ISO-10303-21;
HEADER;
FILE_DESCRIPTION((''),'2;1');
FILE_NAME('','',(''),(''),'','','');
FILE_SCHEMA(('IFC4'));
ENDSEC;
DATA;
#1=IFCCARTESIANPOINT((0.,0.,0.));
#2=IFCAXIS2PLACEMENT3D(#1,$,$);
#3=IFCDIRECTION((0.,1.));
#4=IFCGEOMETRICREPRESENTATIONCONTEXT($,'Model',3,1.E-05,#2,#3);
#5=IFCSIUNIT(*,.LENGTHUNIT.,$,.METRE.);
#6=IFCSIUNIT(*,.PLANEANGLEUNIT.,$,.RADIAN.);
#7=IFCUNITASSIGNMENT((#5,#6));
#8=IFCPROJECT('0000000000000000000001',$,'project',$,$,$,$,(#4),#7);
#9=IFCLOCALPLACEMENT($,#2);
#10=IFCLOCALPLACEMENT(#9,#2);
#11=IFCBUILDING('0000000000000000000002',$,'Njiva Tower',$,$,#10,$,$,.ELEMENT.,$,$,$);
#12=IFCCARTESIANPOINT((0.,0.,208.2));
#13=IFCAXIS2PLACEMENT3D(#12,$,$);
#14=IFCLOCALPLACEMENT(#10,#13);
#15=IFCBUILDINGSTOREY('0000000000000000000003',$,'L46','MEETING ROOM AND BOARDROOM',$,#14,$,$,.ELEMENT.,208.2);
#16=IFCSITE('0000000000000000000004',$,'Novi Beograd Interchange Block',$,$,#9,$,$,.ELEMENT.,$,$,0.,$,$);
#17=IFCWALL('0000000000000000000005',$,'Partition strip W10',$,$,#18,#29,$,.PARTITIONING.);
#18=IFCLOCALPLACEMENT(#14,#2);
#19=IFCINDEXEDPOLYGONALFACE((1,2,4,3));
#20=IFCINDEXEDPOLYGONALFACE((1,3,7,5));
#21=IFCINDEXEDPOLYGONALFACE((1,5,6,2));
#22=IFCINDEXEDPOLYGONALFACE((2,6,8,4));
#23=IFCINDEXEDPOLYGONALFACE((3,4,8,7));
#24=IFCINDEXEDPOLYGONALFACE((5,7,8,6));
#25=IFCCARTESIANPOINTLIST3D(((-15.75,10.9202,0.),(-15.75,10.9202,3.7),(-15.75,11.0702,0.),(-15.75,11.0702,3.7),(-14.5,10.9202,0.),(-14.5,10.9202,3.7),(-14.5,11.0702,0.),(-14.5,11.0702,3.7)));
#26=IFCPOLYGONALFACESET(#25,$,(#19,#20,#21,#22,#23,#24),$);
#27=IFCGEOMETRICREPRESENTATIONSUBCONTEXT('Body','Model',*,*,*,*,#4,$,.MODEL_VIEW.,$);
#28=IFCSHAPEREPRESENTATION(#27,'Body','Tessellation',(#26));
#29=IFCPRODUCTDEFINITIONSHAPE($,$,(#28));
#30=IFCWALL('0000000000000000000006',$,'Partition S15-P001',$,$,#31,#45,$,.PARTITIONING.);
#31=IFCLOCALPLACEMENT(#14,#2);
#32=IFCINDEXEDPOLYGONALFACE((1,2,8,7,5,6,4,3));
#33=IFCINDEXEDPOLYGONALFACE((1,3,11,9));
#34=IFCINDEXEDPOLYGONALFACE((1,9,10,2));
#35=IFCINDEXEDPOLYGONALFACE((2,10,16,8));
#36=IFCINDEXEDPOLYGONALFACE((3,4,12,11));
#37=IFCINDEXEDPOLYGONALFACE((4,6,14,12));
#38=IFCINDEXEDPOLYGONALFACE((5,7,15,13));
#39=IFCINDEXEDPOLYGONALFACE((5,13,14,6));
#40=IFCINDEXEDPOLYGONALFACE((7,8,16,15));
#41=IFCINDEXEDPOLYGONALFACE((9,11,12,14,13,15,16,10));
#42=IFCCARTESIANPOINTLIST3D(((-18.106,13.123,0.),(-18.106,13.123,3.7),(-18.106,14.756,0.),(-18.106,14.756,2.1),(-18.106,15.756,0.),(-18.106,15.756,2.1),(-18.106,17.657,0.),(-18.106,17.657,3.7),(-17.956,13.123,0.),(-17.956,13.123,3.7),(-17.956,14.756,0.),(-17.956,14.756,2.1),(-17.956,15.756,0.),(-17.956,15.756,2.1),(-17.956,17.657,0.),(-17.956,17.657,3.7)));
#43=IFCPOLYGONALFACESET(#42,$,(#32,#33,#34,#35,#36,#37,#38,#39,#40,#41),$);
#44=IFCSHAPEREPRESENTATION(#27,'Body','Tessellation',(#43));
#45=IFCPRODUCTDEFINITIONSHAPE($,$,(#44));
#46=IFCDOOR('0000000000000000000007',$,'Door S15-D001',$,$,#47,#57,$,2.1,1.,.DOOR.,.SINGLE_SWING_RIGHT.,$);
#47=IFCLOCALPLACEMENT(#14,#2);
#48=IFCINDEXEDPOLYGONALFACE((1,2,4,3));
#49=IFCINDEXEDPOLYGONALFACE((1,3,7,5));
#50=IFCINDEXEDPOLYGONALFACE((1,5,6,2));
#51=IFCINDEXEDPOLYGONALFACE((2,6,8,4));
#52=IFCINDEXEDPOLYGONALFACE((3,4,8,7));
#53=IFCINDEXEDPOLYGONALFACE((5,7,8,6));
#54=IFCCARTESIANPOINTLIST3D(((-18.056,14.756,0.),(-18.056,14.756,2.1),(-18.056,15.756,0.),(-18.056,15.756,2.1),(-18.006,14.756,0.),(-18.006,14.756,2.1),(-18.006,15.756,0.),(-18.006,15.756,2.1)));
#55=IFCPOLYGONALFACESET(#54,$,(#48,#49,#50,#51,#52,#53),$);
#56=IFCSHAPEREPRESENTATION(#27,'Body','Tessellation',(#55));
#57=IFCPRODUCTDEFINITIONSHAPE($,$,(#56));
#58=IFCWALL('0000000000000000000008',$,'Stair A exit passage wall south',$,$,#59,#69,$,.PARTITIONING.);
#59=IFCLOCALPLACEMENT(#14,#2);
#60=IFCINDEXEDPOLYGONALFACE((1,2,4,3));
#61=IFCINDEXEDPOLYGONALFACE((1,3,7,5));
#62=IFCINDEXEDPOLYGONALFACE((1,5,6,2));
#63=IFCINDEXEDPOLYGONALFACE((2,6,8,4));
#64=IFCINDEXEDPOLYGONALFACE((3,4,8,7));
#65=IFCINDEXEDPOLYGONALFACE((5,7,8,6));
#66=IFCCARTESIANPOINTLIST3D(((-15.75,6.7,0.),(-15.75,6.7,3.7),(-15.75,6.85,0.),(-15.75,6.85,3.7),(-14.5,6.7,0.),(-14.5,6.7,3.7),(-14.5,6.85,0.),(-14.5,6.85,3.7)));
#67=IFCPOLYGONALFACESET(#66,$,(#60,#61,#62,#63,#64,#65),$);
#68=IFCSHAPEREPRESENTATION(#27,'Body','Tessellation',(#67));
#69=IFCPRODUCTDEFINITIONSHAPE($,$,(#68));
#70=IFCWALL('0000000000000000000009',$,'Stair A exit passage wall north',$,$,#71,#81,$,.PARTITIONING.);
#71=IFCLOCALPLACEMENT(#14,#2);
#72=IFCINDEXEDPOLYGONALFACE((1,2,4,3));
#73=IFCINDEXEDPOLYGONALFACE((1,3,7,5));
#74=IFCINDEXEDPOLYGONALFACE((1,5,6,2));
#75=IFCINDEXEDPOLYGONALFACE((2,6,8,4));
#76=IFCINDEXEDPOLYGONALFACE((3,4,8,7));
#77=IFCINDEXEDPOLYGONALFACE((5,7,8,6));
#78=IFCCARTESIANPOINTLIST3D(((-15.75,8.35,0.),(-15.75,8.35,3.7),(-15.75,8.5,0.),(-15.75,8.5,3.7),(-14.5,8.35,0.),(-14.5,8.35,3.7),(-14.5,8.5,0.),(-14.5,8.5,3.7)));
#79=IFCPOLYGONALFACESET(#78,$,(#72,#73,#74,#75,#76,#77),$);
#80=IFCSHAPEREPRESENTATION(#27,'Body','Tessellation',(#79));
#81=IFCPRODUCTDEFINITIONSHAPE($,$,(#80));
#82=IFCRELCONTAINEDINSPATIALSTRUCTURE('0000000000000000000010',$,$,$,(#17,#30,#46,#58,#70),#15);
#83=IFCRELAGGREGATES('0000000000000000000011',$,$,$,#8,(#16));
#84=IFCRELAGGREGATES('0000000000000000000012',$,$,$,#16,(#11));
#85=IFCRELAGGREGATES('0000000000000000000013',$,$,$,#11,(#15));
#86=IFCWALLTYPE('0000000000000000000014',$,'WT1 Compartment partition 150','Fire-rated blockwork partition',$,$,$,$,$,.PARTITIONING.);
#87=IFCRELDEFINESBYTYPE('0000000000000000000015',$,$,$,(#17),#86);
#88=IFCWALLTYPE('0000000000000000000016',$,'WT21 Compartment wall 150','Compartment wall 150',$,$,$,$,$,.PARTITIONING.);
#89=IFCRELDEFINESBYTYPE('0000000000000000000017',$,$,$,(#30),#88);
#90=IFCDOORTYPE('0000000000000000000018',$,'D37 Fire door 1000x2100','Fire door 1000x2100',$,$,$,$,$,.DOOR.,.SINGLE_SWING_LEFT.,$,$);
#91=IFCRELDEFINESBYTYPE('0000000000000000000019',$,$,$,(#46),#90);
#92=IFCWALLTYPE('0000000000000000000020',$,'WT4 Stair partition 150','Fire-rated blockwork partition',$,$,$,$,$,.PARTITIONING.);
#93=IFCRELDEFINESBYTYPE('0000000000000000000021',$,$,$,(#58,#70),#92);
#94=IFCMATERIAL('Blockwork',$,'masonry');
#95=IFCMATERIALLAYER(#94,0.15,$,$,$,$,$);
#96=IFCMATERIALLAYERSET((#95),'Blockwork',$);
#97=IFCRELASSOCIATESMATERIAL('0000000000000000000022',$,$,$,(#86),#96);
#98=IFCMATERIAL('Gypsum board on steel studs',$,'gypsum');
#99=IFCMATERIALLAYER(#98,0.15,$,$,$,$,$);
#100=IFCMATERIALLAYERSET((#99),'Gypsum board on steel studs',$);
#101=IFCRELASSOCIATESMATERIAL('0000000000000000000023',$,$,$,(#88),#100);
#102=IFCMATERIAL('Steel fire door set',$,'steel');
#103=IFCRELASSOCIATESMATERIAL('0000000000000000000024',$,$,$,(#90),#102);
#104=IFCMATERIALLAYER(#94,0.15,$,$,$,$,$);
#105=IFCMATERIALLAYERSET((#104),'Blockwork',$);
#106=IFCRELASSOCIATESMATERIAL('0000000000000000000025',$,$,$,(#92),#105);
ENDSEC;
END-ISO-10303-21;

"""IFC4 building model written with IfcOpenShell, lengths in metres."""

from ifc_helpers import new_model, si_unit, direction, frame, frame_2d, origin, place, context, subcontext, project, spatial, rectangle, extrude, material, layer, layer_set, type_object, element, fill, save


model = new_model("IFC4")

# Units and contexts
model_context = context("Model", 3, precision=1e-05, world=origin(), true_north=direction((0.0, 1.0)))
body_context = subcontext(model_context, "Body", "Model", "MODEL_VIEW")
ifc_project = project(units=[si_unit("LENGTHUNIT", "METRE"), si_unit("PLANEANGLEUNIT", "RADIAN")], contexts=[model_context])

# Site, building, storey
site_placement = place(None, origin())
site = spatial("IfcSite", under=ifc_project, at=site_placement, Name="Novi Beograd Interchange Block", CompositionType="ELEMENT", RefElevation=0.0)
building_placement = place(site_placement, origin())
building = spatial("IfcBuilding", under=site, at=building_placement, Name="Njiva Tower", CompositionType="ELEMENT")
storey_placement = place(building_placement, frame((0.0, 0.0, 208.2)))
storey = spatial("IfcBuildingStorey", under=building, at=storey_placement, Name="L46", Description="MEETING ROOM AND BOARDROOM", CompositionType="ELEMENT", Elevation=208.2)

# Wall
ifc_material_1 = material(Name="Blockwork", Category="masonry")
ifc_layer_1 = layer(ifc_material_1, 0.15)
ifc_layer_set_1 = layer_set([ifc_layer_1], Name="Blockwork")
wall_type_1 = type_object("IfcWallType", Name="WT1 Compartment partition 150", Description="Fire-rated blockwork partition", PredefinedType="PARTITIONING", material=ifc_layer_set_1)
for number, where, z_axis, x_axis, name in (
    (1, (-15.75, 10.9952, 0.0), (0.0, 0.0, 1.0), (1.0, 0.0, 0.0), "Partition strip W10"),
):
    element("IfcWall", number, at=place(storey_placement, frame(where, z_axis=z_axis, x_axis=x_axis)), inside=storey, type_object=wall_type_1, Name=name, PredefinedType="PARTITIONING", context=body_context, shape_type="SweptSolid", body=[
        extrude(rectangle(XDim=1.25, YDim=0.15, at=frame_2d((0.625, 0.0))), origin(), (0.0, 0.0, 1.0), 3.7),
    ])

# Wall, opening, door
ifc_material_2 = material(Name="Gypsum board on steel studs", Category="gypsum")
ifc_layer_2 = layer(ifc_material_2, 0.15)
ifc_layer_set_2 = layer_set([ifc_layer_2], Name="Gypsum board on steel studs")
wall_type_2 = type_object("IfcWallType", Name="WT21 Compartment wall 150", Description="Compartment wall 150", PredefinedType="PARTITIONING", material=ifc_layer_set_2)
wall_1_placement = place(storey_placement, frame((-18.031, 13.123, 0.0), z_axis=(0.0, 0.0, 1.0), x_axis=(0.0, 1.0, 0.0)))
wall_1 = element("IfcWall", 2, at=wall_1_placement, inside=storey, type_object=wall_type_2, Name="Partition S15-P001", PredefinedType="PARTITIONING", context=body_context, shape_type="SweptSolid", body=[
    extrude(rectangle(XDim=4.534, YDim=0.15, at=frame_2d((2.267, 0.0))), origin(), (0.0, 0.0, 1.0), 3.7),
])
opening_1_placement = place(wall_1_placement, frame((1.633, 0.0, 0.0)))
opening_1 = element("IfcOpeningElement", 3, at=opening_1_placement, cuts=wall_1, PredefinedType="OPENING", context=body_context, shape_type="SweptSolid", body=[
    extrude(rectangle(XDim=1.0, YDim=2.1, at=frame_2d((0.5, 1.05))), frame((0.0, 0.085, 0.0), z_axis=(0.0, -1.0, 0.0), x_axis=(1.0, 0.0, 0.0)), (0.0, 0.0, 1.0), 0.17),
])
ifc_material_3 = material(Name="Steel fire door set", Category="steel")
door_type = type_object("IfcDoorType", Name="D37 Fire door 1000x2100", Description="Fire door 1000x2100", OperationType="SINGLE_SWING_LEFT", PredefinedType="DOOR", material=ifc_material_3)
door_placement = place(opening_1_placement, origin())
door = element("IfcDoor", 4, at=door_placement, inside=storey, type_object=door_type, Name="Door S15-D001", OperationType="SINGLE_SWING_RIGHT", OverallHeight=2.1, OverallWidth=1.0, PredefinedType="DOOR", context=body_context, shape_type="SweptSolid", body=[
    extrude(rectangle(XDim=1.0, YDim=2.1, at=frame_2d((0.5, 1.05))), frame((0.0, 0.025, 0.0), z_axis=(0.0, -1.0, 0.0), x_axis=(1.0, 0.0, 0.0)), (0.0, 0.0, 1.0), 0.05),
])
fill(opening_1, door)

# Walls
ifc_layer_3 = layer(ifc_material_1, 0.15)
ifc_layer_set_3 = layer_set([ifc_layer_3], Name="Blockwork")
wall_type_3 = type_object("IfcWallType", Name="WT4 Stair partition 150", Description="Fire-rated blockwork partition", PredefinedType="PARTITIONING", material=ifc_layer_set_3)
for number, where, z_axis, x_axis, name in (
    (5, (-15.75, 6.775, 0.0), (0.0, 0.0, 1.0), (1.0, 0.0, 0.0), "Stair A exit passage wall south"),
    (6, (-15.75, 8.425, 0.0), (0.0, 0.0, 1.0), (1.0, 0.0, 0.0), "Stair A exit passage wall north"),
):
    element("IfcWall", number, at=place(storey_placement, frame(where, z_axis=z_axis, x_axis=x_axis)), inside=storey, type_object=wall_type_3, Name=name, PredefinedType="PARTITIONING", context=body_context, shape_type="SweptSolid", body=[
        extrude(rectangle(XDim=1.25, YDim=0.15, at=frame_2d((0.625, 0.0))), origin(), (0.0, 0.0, 1.0), 3.7),
    ])

save(model, "model.ifc")
